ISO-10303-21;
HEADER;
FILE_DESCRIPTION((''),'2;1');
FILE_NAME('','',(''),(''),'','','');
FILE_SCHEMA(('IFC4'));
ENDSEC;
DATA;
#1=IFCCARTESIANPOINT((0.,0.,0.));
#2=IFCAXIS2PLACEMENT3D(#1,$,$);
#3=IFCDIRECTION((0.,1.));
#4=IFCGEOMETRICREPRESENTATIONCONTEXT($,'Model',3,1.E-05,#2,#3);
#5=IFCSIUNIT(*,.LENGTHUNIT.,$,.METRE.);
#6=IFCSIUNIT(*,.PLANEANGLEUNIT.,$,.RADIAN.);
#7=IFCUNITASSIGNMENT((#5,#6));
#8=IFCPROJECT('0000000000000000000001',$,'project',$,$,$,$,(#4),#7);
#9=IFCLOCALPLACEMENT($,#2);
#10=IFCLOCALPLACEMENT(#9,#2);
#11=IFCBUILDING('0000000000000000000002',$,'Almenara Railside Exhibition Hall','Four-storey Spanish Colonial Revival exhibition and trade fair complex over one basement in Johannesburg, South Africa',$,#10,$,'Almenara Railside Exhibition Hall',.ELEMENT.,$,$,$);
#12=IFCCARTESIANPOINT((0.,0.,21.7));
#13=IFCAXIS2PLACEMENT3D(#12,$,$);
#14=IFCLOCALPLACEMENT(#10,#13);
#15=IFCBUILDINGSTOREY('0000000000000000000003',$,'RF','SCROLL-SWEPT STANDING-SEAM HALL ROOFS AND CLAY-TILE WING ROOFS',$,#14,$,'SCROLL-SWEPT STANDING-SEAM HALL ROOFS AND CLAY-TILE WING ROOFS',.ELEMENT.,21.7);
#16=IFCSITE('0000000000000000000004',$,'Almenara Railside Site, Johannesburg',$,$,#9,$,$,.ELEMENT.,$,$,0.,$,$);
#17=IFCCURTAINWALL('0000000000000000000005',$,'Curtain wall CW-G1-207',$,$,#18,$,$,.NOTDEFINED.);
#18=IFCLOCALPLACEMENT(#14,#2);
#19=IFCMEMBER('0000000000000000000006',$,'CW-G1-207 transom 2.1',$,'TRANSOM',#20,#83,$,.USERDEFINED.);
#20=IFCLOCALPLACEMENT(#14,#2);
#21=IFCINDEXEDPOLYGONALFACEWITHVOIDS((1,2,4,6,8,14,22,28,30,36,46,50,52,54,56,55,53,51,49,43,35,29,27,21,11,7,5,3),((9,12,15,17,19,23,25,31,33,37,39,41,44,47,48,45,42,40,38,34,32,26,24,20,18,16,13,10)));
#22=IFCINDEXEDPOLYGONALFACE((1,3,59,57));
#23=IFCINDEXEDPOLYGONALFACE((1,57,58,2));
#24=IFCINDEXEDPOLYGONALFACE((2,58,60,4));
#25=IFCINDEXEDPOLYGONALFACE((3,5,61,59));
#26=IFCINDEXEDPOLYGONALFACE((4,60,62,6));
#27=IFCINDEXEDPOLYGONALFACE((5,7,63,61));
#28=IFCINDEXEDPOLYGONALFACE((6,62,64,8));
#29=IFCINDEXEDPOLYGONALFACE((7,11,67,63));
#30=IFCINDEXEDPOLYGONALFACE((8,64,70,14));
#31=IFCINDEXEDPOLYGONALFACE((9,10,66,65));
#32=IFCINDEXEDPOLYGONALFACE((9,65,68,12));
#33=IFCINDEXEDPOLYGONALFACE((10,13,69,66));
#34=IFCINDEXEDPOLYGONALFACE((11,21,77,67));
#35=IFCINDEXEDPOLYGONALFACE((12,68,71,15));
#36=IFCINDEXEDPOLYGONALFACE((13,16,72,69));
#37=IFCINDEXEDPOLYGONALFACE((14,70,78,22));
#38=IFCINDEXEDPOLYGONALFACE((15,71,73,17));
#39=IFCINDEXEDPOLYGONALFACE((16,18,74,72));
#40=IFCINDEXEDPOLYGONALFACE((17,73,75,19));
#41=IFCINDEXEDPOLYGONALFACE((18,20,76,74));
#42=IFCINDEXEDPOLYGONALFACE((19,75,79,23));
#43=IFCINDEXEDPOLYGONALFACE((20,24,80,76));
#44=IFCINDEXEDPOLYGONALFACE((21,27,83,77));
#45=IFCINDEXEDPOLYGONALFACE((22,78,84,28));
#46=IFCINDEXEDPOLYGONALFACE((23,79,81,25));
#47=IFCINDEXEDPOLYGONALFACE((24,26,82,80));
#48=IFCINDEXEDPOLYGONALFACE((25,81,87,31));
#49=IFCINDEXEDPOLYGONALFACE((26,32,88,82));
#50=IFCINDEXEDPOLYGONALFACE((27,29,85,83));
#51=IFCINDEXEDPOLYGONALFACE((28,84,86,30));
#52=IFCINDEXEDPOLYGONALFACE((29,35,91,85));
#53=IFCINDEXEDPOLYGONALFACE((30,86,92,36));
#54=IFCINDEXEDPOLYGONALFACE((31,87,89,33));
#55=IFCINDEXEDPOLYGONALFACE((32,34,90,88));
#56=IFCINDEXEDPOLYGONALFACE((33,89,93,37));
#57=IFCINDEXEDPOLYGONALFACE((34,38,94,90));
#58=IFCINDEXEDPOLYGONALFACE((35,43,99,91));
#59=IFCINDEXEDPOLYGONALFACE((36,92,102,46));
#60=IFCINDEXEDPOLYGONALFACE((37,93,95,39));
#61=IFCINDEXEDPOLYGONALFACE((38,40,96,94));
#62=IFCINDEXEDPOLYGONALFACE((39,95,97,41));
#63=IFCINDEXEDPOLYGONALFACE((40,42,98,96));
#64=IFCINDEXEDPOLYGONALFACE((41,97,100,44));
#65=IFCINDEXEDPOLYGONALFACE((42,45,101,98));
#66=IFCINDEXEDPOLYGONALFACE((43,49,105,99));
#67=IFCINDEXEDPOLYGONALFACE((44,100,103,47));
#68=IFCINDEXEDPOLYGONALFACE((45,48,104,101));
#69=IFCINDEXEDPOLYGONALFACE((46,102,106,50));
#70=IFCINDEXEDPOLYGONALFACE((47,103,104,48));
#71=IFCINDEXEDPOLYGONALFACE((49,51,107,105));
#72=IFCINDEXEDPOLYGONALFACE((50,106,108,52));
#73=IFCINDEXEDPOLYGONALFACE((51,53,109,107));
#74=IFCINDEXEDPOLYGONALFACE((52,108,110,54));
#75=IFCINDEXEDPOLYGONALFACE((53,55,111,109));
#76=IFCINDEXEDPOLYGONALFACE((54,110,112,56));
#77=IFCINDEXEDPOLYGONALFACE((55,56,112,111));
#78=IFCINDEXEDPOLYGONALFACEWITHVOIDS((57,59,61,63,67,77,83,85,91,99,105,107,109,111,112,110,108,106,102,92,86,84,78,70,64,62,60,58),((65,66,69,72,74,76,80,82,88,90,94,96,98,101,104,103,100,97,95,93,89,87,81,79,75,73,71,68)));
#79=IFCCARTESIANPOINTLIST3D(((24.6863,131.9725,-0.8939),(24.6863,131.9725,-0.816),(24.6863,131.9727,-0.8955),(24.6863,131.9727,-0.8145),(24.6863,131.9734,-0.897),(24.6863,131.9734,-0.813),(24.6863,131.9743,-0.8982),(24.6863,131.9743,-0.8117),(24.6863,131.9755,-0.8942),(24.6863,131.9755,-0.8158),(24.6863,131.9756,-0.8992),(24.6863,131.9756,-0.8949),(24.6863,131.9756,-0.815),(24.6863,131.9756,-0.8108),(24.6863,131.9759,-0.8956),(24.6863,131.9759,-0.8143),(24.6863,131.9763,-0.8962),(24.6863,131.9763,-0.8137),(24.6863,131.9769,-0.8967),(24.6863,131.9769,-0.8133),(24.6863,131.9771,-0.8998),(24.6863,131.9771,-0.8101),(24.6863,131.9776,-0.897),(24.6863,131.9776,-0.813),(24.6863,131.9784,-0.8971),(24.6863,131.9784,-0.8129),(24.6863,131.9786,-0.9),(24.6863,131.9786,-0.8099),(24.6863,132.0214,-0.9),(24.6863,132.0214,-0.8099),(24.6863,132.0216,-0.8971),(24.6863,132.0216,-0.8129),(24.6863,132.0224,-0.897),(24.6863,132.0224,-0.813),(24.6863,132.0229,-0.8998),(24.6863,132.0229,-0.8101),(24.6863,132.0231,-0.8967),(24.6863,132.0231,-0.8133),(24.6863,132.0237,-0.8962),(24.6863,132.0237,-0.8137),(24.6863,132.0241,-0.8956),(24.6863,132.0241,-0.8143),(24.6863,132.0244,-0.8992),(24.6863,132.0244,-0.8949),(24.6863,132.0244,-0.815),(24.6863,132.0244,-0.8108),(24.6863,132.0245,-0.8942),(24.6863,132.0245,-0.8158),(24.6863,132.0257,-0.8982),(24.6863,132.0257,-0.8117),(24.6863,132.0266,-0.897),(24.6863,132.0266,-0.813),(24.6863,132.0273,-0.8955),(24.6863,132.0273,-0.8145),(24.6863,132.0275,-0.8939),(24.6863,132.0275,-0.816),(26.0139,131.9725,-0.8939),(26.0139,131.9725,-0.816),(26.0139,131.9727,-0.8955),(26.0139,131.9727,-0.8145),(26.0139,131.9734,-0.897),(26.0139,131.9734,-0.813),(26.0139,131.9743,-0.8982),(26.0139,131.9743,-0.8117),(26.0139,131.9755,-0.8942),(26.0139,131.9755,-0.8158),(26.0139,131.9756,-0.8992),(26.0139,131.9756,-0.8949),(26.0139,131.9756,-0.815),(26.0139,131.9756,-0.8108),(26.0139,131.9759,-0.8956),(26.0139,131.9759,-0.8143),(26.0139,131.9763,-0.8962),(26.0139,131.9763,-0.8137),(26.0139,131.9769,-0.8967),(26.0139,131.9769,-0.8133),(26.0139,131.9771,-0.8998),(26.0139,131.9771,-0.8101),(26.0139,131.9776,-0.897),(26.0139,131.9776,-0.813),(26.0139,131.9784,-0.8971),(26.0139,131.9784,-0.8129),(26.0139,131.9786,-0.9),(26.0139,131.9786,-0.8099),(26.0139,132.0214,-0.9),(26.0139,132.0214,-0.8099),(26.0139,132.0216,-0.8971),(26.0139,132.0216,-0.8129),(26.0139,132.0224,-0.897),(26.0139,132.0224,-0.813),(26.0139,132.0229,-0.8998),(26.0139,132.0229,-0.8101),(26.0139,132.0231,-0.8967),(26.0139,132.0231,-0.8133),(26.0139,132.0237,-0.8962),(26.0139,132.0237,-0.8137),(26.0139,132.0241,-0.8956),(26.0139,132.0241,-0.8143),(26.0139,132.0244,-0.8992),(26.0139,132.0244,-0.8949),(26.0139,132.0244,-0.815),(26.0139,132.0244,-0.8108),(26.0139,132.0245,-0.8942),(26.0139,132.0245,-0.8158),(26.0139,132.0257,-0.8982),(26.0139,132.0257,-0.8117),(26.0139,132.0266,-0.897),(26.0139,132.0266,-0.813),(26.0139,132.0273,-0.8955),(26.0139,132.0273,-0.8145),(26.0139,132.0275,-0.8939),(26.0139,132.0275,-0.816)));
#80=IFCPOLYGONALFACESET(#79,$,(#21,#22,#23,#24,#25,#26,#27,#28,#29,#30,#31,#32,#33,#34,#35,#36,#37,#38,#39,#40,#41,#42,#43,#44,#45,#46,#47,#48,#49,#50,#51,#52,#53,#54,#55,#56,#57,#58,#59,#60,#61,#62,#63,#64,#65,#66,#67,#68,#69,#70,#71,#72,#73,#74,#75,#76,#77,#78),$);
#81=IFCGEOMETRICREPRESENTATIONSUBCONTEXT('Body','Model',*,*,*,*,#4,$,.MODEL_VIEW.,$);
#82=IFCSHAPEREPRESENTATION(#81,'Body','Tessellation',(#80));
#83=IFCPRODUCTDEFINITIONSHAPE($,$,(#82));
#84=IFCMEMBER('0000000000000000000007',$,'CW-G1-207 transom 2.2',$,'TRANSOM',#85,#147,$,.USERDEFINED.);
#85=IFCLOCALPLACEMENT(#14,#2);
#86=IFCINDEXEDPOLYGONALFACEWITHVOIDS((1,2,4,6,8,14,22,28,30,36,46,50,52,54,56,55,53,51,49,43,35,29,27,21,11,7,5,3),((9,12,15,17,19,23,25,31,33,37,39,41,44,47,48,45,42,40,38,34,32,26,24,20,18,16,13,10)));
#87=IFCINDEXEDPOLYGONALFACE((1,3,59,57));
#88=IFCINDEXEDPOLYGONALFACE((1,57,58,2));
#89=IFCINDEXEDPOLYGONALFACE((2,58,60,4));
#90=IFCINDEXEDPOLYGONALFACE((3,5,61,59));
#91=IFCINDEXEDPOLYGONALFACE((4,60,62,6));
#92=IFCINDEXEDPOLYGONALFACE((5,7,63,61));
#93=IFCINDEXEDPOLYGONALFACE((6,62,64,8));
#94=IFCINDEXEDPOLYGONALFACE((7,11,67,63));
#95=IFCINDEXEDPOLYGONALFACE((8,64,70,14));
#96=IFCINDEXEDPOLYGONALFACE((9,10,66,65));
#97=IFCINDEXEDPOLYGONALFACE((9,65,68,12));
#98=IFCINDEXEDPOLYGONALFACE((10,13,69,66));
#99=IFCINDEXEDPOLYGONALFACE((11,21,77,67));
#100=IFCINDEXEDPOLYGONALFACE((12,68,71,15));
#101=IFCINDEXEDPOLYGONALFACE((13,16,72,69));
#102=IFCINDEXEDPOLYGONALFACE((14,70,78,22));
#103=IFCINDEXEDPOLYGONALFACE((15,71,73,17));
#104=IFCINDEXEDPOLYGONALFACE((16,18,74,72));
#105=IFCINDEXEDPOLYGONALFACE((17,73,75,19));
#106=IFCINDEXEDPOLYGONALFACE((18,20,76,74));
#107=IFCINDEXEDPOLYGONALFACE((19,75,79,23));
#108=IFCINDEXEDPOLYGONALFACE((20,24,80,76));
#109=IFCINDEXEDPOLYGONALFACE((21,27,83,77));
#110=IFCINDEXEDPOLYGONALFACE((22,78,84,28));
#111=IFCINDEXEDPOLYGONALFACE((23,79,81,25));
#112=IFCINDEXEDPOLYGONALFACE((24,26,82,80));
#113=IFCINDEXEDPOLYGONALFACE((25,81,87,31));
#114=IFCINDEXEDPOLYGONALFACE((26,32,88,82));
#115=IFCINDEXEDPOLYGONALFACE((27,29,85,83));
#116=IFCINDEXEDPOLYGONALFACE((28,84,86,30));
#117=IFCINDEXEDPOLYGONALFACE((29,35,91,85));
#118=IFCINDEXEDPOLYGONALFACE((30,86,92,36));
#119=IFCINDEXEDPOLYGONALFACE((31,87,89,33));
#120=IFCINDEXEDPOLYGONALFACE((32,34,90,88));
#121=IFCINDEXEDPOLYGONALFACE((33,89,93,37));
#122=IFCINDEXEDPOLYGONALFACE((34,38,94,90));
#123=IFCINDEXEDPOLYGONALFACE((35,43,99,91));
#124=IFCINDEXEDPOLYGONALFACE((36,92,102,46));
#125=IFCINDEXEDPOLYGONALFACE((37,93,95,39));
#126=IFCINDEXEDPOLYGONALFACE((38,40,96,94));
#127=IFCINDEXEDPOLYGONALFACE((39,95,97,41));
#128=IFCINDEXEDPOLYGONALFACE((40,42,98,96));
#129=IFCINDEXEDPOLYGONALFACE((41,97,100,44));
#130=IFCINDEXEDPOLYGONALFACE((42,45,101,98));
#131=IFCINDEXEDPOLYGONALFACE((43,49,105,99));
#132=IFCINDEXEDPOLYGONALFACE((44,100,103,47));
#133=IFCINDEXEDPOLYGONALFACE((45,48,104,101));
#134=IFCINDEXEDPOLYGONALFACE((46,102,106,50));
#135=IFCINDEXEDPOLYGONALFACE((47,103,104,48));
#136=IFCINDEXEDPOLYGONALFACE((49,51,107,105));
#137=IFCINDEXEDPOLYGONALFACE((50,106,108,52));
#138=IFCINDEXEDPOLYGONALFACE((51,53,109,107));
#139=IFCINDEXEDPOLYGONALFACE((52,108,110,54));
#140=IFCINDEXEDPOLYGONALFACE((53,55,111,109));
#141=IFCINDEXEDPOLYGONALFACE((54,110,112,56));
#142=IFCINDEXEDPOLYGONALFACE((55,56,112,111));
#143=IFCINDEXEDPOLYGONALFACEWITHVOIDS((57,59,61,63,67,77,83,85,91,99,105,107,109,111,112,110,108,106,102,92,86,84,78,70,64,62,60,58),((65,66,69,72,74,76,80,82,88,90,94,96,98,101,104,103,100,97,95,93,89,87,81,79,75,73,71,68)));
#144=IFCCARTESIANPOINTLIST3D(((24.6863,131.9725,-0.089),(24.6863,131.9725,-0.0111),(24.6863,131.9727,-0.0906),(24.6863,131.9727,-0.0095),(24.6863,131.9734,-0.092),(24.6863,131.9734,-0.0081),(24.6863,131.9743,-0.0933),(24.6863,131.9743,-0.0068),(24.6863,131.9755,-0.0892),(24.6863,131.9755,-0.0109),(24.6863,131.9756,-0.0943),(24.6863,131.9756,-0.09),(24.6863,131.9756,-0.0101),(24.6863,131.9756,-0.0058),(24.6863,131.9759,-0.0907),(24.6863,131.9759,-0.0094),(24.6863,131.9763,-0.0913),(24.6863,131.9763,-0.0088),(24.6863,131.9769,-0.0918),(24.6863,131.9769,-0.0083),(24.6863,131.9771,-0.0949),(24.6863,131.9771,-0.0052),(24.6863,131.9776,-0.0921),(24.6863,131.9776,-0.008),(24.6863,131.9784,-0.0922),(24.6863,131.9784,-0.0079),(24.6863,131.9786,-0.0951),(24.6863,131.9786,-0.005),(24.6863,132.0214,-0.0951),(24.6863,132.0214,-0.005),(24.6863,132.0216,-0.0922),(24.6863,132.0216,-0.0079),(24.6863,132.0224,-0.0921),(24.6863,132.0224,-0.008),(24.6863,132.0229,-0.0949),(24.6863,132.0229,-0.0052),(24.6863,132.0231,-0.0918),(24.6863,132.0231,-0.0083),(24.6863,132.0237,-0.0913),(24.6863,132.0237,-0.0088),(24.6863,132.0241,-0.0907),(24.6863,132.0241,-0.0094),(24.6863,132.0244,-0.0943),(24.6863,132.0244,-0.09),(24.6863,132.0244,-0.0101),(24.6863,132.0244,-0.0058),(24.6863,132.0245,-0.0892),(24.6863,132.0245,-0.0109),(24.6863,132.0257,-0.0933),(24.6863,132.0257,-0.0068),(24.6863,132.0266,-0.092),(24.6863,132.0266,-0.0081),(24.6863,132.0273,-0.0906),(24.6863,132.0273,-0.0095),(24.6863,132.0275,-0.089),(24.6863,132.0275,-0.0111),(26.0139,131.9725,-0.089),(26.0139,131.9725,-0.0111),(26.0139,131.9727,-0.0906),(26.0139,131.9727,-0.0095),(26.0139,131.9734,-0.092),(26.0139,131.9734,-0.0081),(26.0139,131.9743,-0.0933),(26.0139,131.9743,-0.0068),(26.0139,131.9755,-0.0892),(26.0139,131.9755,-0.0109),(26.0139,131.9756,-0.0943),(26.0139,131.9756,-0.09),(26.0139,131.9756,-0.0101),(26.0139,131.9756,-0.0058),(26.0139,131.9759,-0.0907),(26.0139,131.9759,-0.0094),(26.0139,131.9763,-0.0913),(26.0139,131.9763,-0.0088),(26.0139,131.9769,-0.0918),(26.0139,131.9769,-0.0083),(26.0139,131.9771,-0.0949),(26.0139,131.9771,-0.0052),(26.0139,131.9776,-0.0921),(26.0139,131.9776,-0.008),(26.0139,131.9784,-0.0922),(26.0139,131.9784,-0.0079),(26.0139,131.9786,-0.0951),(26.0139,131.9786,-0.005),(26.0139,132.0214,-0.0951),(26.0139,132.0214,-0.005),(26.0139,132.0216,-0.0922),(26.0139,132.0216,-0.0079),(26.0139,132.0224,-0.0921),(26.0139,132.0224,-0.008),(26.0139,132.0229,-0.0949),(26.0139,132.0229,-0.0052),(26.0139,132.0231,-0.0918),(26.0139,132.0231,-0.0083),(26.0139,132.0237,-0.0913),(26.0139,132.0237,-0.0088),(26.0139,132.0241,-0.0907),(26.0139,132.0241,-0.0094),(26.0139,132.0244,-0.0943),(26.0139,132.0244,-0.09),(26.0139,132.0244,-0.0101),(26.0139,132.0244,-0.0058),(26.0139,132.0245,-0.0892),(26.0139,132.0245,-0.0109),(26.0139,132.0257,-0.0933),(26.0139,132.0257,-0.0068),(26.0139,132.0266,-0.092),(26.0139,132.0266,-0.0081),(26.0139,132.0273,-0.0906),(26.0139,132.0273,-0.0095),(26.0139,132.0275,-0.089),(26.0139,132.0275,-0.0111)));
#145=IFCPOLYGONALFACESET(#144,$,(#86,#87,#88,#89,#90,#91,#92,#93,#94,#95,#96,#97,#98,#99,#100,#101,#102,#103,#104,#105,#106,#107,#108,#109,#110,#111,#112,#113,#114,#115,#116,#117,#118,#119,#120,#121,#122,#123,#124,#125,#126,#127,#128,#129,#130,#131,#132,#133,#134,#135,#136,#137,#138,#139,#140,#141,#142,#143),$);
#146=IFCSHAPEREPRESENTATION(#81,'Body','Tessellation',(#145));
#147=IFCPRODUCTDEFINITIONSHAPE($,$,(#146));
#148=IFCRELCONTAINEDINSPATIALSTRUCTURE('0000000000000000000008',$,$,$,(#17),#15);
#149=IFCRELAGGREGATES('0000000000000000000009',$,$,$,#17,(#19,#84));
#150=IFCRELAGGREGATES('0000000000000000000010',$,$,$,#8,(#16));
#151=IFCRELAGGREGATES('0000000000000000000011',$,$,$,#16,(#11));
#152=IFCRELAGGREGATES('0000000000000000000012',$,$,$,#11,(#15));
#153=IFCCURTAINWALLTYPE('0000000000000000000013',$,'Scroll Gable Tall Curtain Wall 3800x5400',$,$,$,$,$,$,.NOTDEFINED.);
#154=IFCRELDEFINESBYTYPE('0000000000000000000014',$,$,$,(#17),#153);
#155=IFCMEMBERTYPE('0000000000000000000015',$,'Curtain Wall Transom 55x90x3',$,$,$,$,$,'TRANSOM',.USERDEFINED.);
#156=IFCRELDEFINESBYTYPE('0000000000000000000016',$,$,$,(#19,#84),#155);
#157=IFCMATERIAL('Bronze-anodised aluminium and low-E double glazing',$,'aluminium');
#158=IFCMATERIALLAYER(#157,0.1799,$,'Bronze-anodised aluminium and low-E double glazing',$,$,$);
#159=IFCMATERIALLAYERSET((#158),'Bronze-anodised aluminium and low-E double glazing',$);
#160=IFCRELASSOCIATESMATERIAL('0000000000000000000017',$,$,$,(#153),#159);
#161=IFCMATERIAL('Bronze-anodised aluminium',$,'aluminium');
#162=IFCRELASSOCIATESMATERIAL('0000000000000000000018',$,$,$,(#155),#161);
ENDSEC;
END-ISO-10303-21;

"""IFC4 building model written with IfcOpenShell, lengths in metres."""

from ifc_helpers import new_model, si_unit, direction, frame, origin, origin_2d, place, context, subcontext, project, spatial, hollow_rectangle, extrude, material, layer, layer_set, material_profile, profile_set, type_object, element, aggregate, save


model = new_model("IFC4")

# Units and contexts
model_context = context("Model", 3, precision=1e-05, world=origin(), true_north=direction((0.0, 1.0)))
body_context = subcontext(model_context, "Body", "Model", "MODEL_VIEW")
ifc_project = project(units=[si_unit("LENGTHUNIT", "METRE"), si_unit("PLANEANGLEUNIT", "RADIAN")], contexts=[model_context])

# Site, building, storey
site_placement = place(None, origin())
site = spatial("IfcSite", under=ifc_project, at=site_placement, Name="Almenara Railside Site, Johannesburg", CompositionType="ELEMENT", RefElevation=0.0)
building_placement = place(site_placement, origin())
building = spatial("IfcBuilding", under=site, at=building_placement, Name="Almenara Railside Exhibition Hall", Description="Four-storey Spanish Colonial Revival exhibition and trade fair complex over one basement in Johannesburg, South Africa", LongName="Almenara Railside Exhibition Hall", CompositionType="ELEMENT")
storey_placement = place(building_placement, frame((0.0, 0.0, 21.7)))
storey = spatial("IfcBuildingStorey", under=building, at=storey_placement, Name="RF", Description="SCROLL-SWEPT STANDING-SEAM HALL ROOFS AND CLAY-TILE WING ROOFS", LongName="SCROLL-SWEPT STANDING-SEAM HALL ROOFS AND CLAY-TILE WING ROOFS", CompositionType="ELEMENT", Elevation=21.7)

# Curtain wall
ifc_material_1 = material(Name="Bronze-anodised aluminium and low-E double glazing", Category="aluminium")
ifc_layer_1 = layer(ifc_material_1, 0.1799, Name="Bronze-anodised aluminium and low-E double glazing")
ifc_layer_set_1 = layer_set([ifc_layer_1], Name="Bronze-anodised aluminium and low-E double glazing")
curtain_wall_type = type_object("IfcCurtainWallType", Name="Scroll Gable Tall Curtain Wall 3800x5400", PredefinedType="NOTDEFINED", material=ifc_layer_set_1)
curtain_wall_1_placement = place(storey_placement, origin())
curtain_wall_1 = element("IfcCurtainWall", 1, at=curtain_wall_1_placement, inside=storey, type_object=curtain_wall_type, Name="Curtain wall CW-G1-207", PredefinedType="NOTDEFINED")
ifc_material_2 = material(Name="Bronze-anodised aluminium", Category="aluminium")

# Members
ifc_material_profile_1 = material_profile(ifc_material_2, hollow_rectangle(XDim=0.0549, YDim=0.0901, WallThickness=0.0029, InnerFilletRadius=0.0029, OuterFilletRadius=0.0061, at=origin_2d()), Name="ALU-TRN 55x90x3")
ifc_profile_set_1 = profile_set([ifc_material_profile_1], Name="Bronze-anodised aluminium")
member_type_1 = type_object("IfcMemberType", Name="Curtain Wall Transom 55x90x3", ElementType="TRANSOM", PredefinedType="USERDEFINED", material=ifc_profile_set_1)
member_1_placement = place(storey_placement, frame((24.6863, 132.0, -0.855), z_axis=(1.0, 0.0, 0.0), x_axis=(0.0, 1.0, 0.0)))
member_1 = element("IfcMember", 2, at=member_1_placement, type_object=member_type_1, Name="CW-G1-207 transom 2.1", ObjectType="TRANSOM", PredefinedType="USERDEFINED", context=body_context, shape_type="SweptSolid", body=[
    extrude(hollow_rectangle(XDim=0.0549, YDim=0.0901, WallThickness=0.0029, InnerFilletRadius=0.0029, OuterFilletRadius=0.0061, at=origin_2d()), origin(), (0.0, 0.0, 1.0), 1.3276),
])
member_2_placement = place(storey_placement, frame((24.6863, 132.0, -0.05), z_axis=(1.0, 0.0, 0.0), x_axis=(0.0, 1.0, 0.0)))
member_2 = element("IfcMember", 3, at=member_2_placement, type_object=member_type_1, Name="CW-G1-207 transom 2.2", ObjectType="TRANSOM", PredefinedType="USERDEFINED", context=body_context, shape_type="SweptSolid", body=[
    extrude(hollow_rectangle(XDim=0.0549, YDim=0.0901, WallThickness=0.0029, InnerFilletRadius=0.0029, OuterFilletRadius=0.0061, at=origin_2d()), origin(), (0.0, 0.0, 1.0), 1.3276),
])

aggregate(curtain_wall_1, [member_1, member_2])

save(model, "model.ifc")
